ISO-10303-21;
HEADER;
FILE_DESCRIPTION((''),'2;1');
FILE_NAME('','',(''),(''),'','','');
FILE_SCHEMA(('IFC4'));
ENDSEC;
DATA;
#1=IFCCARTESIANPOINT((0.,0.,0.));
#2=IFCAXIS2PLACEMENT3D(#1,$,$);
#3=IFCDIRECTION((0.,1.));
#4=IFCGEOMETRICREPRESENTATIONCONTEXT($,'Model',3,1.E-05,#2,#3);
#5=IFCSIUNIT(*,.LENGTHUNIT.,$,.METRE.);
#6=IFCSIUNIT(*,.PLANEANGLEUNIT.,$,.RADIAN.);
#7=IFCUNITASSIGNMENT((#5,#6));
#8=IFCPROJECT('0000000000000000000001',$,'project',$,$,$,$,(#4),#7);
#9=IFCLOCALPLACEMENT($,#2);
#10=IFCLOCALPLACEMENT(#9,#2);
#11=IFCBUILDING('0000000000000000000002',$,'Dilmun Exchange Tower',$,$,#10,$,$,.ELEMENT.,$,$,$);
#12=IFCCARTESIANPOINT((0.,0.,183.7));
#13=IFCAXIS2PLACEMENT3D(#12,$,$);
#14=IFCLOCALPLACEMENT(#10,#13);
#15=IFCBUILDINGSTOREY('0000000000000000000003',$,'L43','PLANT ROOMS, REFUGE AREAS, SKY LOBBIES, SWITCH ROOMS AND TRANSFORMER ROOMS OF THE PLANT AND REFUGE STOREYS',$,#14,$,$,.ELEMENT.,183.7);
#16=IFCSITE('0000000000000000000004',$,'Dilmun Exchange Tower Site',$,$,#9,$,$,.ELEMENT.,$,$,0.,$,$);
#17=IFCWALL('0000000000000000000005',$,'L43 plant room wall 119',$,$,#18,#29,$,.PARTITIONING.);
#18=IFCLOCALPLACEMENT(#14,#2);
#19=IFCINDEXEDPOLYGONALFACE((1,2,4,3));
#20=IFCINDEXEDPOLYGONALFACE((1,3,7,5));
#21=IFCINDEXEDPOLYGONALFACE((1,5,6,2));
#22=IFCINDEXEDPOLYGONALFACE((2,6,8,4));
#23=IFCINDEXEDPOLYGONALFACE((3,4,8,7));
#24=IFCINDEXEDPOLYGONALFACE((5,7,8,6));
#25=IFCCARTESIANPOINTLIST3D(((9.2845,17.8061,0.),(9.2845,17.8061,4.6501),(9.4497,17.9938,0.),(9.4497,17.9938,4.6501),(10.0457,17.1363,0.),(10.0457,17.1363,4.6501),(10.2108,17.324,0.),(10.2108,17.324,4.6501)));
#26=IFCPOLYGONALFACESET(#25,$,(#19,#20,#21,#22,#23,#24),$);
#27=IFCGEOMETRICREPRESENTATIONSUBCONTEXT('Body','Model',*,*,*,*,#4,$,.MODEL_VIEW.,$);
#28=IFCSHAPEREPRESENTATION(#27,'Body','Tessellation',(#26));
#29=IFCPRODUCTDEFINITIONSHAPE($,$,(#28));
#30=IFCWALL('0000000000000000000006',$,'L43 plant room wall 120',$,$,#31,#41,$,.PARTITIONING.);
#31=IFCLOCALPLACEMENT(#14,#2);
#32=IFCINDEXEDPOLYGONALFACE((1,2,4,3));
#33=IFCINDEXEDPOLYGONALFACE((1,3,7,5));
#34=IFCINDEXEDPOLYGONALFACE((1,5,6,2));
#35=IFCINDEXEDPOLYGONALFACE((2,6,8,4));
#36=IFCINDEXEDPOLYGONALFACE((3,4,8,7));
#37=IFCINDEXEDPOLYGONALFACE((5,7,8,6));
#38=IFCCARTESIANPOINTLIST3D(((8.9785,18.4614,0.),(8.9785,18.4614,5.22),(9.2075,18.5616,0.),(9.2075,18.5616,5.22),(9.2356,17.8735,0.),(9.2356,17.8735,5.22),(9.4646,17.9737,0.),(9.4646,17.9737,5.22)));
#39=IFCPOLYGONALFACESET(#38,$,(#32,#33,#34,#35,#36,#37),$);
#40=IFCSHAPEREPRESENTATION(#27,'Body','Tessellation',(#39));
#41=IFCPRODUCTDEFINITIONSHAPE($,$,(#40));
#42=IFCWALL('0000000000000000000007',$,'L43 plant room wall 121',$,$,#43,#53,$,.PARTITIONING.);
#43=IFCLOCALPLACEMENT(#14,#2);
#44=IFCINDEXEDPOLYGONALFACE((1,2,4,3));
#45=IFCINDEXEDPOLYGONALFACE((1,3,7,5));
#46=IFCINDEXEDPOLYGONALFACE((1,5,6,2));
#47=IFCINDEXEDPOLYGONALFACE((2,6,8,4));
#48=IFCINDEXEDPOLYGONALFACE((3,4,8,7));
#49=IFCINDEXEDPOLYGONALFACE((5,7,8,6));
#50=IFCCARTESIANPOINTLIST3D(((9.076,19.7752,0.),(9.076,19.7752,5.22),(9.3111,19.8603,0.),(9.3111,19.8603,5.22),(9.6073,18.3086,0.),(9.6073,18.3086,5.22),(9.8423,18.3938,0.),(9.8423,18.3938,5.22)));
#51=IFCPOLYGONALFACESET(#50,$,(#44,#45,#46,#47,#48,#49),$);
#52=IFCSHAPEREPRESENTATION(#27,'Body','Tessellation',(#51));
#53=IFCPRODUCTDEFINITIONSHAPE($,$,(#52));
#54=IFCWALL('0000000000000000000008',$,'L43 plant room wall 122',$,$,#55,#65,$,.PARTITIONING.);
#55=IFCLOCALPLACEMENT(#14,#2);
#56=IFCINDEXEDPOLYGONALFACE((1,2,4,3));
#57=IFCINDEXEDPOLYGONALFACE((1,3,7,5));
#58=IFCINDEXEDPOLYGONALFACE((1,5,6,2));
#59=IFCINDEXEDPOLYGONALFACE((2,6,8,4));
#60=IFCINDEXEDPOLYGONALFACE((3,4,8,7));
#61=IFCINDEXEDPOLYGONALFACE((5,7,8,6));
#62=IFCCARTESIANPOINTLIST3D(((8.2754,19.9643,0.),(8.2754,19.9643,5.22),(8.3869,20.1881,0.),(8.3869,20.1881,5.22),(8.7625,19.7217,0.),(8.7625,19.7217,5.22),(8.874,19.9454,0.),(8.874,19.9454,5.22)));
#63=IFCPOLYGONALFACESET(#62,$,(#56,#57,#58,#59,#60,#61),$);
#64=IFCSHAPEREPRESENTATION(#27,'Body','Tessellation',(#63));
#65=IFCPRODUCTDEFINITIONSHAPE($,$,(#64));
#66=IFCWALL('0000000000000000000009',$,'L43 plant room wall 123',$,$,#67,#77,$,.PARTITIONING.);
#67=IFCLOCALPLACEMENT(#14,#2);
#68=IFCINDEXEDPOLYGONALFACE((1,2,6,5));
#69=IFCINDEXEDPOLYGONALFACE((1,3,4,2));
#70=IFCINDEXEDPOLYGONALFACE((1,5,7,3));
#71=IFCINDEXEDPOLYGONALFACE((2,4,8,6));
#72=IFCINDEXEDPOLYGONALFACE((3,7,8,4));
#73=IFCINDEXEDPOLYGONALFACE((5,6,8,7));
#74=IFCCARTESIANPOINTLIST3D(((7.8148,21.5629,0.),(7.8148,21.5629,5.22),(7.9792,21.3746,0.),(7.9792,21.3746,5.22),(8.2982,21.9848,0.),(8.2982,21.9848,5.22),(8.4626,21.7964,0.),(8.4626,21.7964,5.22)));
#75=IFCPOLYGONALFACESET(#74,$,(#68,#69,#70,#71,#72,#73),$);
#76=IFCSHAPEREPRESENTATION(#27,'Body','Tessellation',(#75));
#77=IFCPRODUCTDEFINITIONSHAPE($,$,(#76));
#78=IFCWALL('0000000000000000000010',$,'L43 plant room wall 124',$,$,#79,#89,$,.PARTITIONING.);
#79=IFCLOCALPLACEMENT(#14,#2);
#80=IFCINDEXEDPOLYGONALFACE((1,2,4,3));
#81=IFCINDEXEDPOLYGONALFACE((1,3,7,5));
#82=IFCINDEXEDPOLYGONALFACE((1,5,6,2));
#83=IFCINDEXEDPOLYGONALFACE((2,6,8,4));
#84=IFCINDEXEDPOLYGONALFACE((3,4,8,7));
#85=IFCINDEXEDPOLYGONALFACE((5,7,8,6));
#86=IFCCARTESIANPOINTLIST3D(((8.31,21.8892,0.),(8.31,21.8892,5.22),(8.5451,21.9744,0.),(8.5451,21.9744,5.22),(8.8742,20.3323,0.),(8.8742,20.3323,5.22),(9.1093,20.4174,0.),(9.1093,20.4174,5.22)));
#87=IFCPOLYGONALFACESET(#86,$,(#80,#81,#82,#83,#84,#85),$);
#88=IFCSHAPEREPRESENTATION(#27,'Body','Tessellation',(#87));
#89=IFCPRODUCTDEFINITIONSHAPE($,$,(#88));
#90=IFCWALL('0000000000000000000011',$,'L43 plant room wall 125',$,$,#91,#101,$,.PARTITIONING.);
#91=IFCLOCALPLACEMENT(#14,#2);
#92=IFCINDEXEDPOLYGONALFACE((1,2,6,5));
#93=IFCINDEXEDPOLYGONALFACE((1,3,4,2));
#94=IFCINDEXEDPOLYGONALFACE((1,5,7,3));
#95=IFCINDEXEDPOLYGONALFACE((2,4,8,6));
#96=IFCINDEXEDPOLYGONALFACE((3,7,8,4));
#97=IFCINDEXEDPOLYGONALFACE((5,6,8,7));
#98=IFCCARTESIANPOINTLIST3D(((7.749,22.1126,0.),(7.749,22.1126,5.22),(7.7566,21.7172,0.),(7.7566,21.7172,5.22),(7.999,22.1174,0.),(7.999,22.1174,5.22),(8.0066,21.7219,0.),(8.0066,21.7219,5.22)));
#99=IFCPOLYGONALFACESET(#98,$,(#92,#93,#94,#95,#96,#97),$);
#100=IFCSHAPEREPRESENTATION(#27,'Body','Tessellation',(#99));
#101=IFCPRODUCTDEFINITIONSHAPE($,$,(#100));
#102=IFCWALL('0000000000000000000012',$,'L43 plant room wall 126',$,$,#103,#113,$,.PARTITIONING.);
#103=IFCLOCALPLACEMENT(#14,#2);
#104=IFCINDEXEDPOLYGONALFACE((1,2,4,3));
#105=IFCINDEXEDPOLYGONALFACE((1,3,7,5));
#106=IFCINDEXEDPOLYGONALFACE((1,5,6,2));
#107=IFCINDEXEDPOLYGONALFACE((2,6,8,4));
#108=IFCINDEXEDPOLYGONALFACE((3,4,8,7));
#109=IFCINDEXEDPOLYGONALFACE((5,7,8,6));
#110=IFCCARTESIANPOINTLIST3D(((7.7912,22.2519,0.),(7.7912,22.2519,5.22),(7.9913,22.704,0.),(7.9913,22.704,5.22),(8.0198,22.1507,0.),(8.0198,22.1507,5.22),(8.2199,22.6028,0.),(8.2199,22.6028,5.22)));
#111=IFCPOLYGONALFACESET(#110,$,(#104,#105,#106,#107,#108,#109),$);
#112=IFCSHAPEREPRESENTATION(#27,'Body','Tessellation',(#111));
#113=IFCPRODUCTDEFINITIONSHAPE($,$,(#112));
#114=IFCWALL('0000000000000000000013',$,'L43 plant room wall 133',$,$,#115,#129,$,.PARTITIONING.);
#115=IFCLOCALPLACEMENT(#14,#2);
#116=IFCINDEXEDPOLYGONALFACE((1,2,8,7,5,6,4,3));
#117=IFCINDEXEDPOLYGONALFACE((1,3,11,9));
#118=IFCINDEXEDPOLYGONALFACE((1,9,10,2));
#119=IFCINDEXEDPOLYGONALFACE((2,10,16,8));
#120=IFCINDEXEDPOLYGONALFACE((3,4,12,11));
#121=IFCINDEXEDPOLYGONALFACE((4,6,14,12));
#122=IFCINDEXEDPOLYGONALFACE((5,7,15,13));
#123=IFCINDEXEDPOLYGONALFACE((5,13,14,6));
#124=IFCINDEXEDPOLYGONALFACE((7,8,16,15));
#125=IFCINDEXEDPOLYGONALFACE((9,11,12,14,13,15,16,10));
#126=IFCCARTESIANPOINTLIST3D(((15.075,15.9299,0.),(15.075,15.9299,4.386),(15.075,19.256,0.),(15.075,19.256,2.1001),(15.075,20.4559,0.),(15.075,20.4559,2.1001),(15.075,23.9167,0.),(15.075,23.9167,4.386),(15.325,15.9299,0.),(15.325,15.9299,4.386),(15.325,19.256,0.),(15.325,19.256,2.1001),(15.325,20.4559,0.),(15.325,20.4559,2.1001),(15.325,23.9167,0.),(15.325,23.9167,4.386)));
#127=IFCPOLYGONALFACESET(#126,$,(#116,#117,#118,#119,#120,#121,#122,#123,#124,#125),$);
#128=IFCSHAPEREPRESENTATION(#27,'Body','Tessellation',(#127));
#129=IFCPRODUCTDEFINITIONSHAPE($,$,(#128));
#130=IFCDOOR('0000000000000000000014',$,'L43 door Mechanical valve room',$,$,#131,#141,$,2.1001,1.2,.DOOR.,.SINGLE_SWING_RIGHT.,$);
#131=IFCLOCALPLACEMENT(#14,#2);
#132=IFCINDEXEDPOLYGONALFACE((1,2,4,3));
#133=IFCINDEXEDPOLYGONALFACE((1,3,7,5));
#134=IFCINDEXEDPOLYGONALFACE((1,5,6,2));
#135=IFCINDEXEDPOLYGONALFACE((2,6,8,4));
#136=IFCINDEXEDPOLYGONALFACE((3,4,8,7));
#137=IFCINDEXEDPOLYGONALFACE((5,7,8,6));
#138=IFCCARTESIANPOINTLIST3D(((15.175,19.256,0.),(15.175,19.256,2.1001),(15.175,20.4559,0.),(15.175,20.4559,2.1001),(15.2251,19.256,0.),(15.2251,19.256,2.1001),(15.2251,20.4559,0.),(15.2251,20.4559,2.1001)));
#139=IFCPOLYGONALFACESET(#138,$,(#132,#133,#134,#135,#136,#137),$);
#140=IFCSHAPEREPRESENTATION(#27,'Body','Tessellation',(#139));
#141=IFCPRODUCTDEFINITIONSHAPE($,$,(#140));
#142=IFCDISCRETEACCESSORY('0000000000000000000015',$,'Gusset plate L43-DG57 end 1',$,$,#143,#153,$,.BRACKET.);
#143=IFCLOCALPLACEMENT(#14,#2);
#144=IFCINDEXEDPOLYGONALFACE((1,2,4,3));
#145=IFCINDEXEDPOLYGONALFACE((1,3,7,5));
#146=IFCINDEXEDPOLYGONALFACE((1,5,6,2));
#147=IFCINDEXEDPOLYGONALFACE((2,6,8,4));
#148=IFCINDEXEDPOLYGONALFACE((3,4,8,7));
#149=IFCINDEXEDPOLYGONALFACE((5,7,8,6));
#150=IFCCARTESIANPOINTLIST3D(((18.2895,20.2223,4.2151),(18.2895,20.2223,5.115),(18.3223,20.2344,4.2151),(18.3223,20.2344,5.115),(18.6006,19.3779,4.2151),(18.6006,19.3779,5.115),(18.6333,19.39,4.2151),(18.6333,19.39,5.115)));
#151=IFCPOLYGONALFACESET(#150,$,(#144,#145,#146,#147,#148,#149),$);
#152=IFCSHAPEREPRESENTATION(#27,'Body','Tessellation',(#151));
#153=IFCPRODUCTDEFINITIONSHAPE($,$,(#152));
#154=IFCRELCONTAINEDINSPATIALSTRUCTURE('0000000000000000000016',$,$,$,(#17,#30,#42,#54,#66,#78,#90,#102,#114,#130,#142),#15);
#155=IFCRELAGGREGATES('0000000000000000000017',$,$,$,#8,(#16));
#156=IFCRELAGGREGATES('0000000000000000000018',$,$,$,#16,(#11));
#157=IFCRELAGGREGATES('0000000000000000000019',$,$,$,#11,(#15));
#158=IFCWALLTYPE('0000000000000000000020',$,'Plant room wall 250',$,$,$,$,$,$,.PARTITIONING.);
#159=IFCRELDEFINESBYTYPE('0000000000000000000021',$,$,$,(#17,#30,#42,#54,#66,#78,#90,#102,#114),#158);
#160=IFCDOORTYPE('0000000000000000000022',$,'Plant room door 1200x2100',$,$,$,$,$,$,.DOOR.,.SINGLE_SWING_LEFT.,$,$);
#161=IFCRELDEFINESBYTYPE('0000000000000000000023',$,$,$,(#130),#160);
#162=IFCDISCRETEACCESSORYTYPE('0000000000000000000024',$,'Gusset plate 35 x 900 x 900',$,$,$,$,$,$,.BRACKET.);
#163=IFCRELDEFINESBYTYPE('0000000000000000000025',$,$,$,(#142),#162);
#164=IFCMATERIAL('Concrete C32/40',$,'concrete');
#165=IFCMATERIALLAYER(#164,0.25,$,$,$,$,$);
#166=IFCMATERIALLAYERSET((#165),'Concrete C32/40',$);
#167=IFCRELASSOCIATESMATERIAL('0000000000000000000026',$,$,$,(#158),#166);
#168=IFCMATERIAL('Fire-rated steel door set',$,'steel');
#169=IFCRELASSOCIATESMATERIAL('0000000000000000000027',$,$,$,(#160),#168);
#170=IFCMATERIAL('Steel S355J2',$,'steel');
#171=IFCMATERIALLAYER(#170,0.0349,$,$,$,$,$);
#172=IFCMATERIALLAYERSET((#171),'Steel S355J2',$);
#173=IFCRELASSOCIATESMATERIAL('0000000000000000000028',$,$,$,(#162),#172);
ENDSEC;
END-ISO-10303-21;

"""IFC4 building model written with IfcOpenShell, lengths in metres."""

from ifc_helpers import new_model, si_unit, direction, frame, frame_2d, origin, origin_2d, place, context, subcontext, project, spatial, rectangle, extrude, material, layer, layer_set, type_object, element, fill, save


model = new_model("IFC4")

# Units and contexts
model_context = context("Model", 3, precision=1e-05, world=origin(), true_north=direction((0.0, 1.0)))
body_context = subcontext(model_context, "Body", "Model", "MODEL_VIEW")
ifc_project = project(units=[si_unit("LENGTHUNIT", "METRE"), si_unit("PLANEANGLEUNIT", "RADIAN")], contexts=[model_context])

# Site, building, storey
site_placement = place(None, origin())
site = spatial("IfcSite", under=ifc_project, at=site_placement, Name="Dilmun Exchange Tower Site", CompositionType="ELEMENT", RefElevation=0.0)
building_placement = place(site_placement, origin())
building = spatial("IfcBuilding", under=site, at=building_placement, Name="Dilmun Exchange Tower", CompositionType="ELEMENT")
storey_placement = place(building_placement, frame((0.0, 0.0, 183.7)))
storey = spatial("IfcBuildingStorey", under=building, at=storey_placement, Name="L43", Description="PLANT ROOMS, REFUGE AREAS, SKY LOBBIES, SWITCH ROOMS AND TRANSFORMER ROOMS OF THE PLANT AND REFUGE STOREYS", CompositionType="ELEMENT", Elevation=183.7)

# Walls
ifc_material_1 = material(Name="Concrete C32/40", Category="concrete")
ifc_layer_1 = layer(ifc_material_1, 0.25)
ifc_layer_set_1 = layer_set([ifc_layer_1], Name="Concrete C32/40")
wall_type = type_object("IfcWallType", Name="Plant room wall 250", PredefinedType="PARTITIONING", material=ifc_layer_set_1)
wall_1_placement = place(storey_placement, frame((9.3672, 17.8999, 0.0), z_axis=(0.0, 0.0, 1.0), x_axis=(0.750694, -0.66065, 0.0)))
element("IfcWall", 1, at=wall_1_placement, inside=storey, type_object=wall_type, Name="L43 plant room wall 119", PredefinedType="PARTITIONING", context=body_context, shape_type="SweptSolid", body=[
    extrude(rectangle(XDim=1.0139, YDim=0.25, at=frame_2d((0.5068, 0.0))), origin(), (0.0, 0.0, 1.0), 4.6501),
])
wall_2_placement = place(storey_placement, frame((9.093, 18.5115, 0.0), z_axis=(0.0, 0.0, 1.0), x_axis=(0.400659, -0.916227, 0.0)))
element("IfcWall", 2, at=wall_2_placement, inside=storey, type_object=wall_type, Name="L43 plant room wall 120", PredefinedType="PARTITIONING", context=body_context, shape_type="SweptSolid", body=[
    extrude(rectangle(XDim=0.6416, YDim=0.25, at=frame_2d((0.3208, 0.0))), origin(), (0.0, 0.0, 1.0), 5.22),
])
wall_3_placement = place(storey_placement, frame((9.1936, 19.8176, 0.0), z_axis=(0.0, 0.0, 1.0), x_axis=(0.340587, -0.940213, 0.0)))
element("IfcWall", 3, at=wall_3_placement, inside=storey, type_object=wall_type, Name="L43 plant room wall 121", PredefinedType="PARTITIONING", context=body_context, shape_type="SweptSolid", body=[
    extrude(rectangle(XDim=1.5598, YDim=0.25, at=frame_2d((0.7798, 0.0))), origin(), (0.0, 0.0, 1.0), 5.22),
])
wall_4_placement = place(storey_placement, frame((8.3313, 20.0762, 0.0), z_axis=(0.0, 0.0, 1.0), x_axis=(0.895054, -0.445957, 0.0)))
element("IfcWall", 4, at=wall_4_placement, inside=storey, type_object=wall_type, Name="L43 plant room wall 122", PredefinedType="PARTITIONING", context=body_context, shape_type="SweptSolid", body=[
    extrude(rectangle(XDim=0.5442, YDim=0.25, at=frame_2d((0.272, 0.0))), origin(), (0.0, 0.0, 1.0), 5.22),
])
wall_5_placement = place(storey_placement, frame((7.897, 21.4688, 0.0), z_axis=(0.0, 0.0, 1.0), x_axis=(0.753425, 0.657534, 0.0)))
element("IfcWall", 5, at=wall_5_placement, inside=storey, type_object=wall_type, Name="L43 plant room wall 123", PredefinedType="PARTITIONING", context=body_context, shape_type="SweptSolid", body=[
    extrude(rectangle(XDim=0.6416, YDim=0.25, at=frame_2d((0.3208, 0.0))), origin(), (0.0, 0.0, 1.0), 5.22),
])
wall_6_placement = place(storey_placement, frame((8.4275, 21.9319, 0.0), z_axis=(0.0, 0.0, 1.0), x_axis=(0.340713, -0.940167, 0.0)))
element("IfcWall", 6, at=wall_6_placement, inside=storey, type_object=wall_type, Name="L43 plant room wall 124", PredefinedType="PARTITIONING", context=body_context, shape_type="SweptSolid", body=[
    extrude(rectangle(XDim=1.656, YDim=0.25, at=frame_2d((0.8281, 0.0))), origin(), (0.0, 0.0, 1.0), 5.22),
])
wall_7_placement = place(storey_placement, frame((7.874, 22.115, 0.0), z_axis=(0.0, 0.0, 1.0), x_axis=(0.019132, -0.999817, 0.0)))
element("IfcWall", 7, at=wall_7_placement, inside=storey, type_object=wall_type, Name="L43 plant room wall 125", PredefinedType="PARTITIONING", context=body_context, shape_type="SweptSolid", body=[
    extrude(rectangle(XDim=0.3955, YDim=0.25, at=frame_2d((0.1978, 0.0))), origin(), (0.0, 0.0, 1.0), 5.22),
])
wall_8_placement = place(storey_placement, frame((7.9055, 22.2014, 0.0), z_axis=(0.0, 0.0, 1.0), x_axis=(0.404855, 0.914381, 0.0)))
element("IfcWall", 8, at=wall_8_placement, inside=storey, type_object=wall_type, Name="L43 plant room wall 126", PredefinedType="PARTITIONING", context=body_context, shape_type="SweptSolid", body=[
    extrude(rectangle(XDim=0.4944, YDim=0.25, at=frame_2d((0.2471, 0.0))), origin(), (0.0, 0.0, 1.0), 5.22),
])

# Wall, opening, door
wall_9_placement = place(storey_placement, frame((15.2, 15.9299, 0.0), z_axis=(0.0, 0.0, 1.0), x_axis=(0.0, 1.0, 0.0)))
wall_9 = element("IfcWall", 9, at=wall_9_placement, inside=storey, type_object=wall_type, Name="L43 plant room wall 133", PredefinedType="PARTITIONING", context=body_context, shape_type="SweptSolid", body=[
    extrude(rectangle(XDim=7.9868, YDim=0.25, at=frame_2d((3.9934, 0.0))), origin(), (0.0, 0.0, 1.0), 4.386),
])
opening_placement = place(wall_9_placement, frame((3.3259, 0.0, 0.0)))
opening = element("IfcOpeningElement", 10, at=opening_placement, cuts=wall_9, PredefinedType="OPENING", context=body_context, shape_type="SweptSolid", body=[
    extrude(rectangle(XDim=1.2, YDim=2.1001, at=frame_2d((0.6001, 1.05))), frame((0.0, 0.135, 0.0), z_axis=(0.0, -1.0, 0.0), x_axis=(1.0, 0.0, 0.0)), (0.0, 0.0, 1.0), 0.27),
])
ifc_material_2 = material(Name="Fire-rated steel door set", Category="steel")
door_type = type_object("IfcDoorType", Name="Plant room door 1200x2100", OperationType="SINGLE_SWING_LEFT", PredefinedType="DOOR", material=ifc_material_2)
door_placement = place(opening_placement, origin())
door = element("IfcDoor", 11, at=door_placement, inside=storey, type_object=door_type, Name="L43 door Mechanical valve room", OperationType="SINGLE_SWING_RIGHT", OverallHeight=2.1001, OverallWidth=1.2, PredefinedType="DOOR", context=body_context, shape_type="SweptSolid", body=[
    extrude(rectangle(XDim=1.2, YDim=2.1001, at=frame_2d((0.6001, 1.05))), frame((0.0, 0.0249, 0.0), z_axis=(0.0, -1.0, 0.0), x_axis=(1.0, 0.0, 0.0)), (0.0, 0.0, 1.0), 0.05),
])
fill(opening, door)

# Discrete accessory
ifc_material_3 = material(Name="Steel S355J2", Category="steel")
ifc_layer_2 = layer(ifc_material_3, 0.0349)
ifc_layer_set_2 = layer_set([ifc_layer_2], Name="Steel S355J2")
discrete_accessory_type = type_object("IfcDiscreteAccessoryType", Name="Gusset plate 35 x 900 x 900", PredefinedType="BRACKET", material=ifc_layer_set_2)
discrete_accessory_placement = place(storey_placement, frame((18.4614, 19.8062, 4.2151), z_axis=(0.0, 0.0, 1.0), x_axis=(-0.345631, 0.938371, 0.0)))
element("IfcDiscreteAccessory", 12, at=discrete_accessory_placement, inside=storey, type_object=discrete_accessory_type, Name="Gusset plate L43-DG57 end 1", PredefinedType="BRACKET", context=body_context, shape_type="SweptSolid", body=[
    extrude(rectangle(XDim=0.8999, YDim=0.0349, at=origin_2d()), origin(), (0.0, 0.0, 1.0), 0.8999),
])

save(model, "model.ifc")
